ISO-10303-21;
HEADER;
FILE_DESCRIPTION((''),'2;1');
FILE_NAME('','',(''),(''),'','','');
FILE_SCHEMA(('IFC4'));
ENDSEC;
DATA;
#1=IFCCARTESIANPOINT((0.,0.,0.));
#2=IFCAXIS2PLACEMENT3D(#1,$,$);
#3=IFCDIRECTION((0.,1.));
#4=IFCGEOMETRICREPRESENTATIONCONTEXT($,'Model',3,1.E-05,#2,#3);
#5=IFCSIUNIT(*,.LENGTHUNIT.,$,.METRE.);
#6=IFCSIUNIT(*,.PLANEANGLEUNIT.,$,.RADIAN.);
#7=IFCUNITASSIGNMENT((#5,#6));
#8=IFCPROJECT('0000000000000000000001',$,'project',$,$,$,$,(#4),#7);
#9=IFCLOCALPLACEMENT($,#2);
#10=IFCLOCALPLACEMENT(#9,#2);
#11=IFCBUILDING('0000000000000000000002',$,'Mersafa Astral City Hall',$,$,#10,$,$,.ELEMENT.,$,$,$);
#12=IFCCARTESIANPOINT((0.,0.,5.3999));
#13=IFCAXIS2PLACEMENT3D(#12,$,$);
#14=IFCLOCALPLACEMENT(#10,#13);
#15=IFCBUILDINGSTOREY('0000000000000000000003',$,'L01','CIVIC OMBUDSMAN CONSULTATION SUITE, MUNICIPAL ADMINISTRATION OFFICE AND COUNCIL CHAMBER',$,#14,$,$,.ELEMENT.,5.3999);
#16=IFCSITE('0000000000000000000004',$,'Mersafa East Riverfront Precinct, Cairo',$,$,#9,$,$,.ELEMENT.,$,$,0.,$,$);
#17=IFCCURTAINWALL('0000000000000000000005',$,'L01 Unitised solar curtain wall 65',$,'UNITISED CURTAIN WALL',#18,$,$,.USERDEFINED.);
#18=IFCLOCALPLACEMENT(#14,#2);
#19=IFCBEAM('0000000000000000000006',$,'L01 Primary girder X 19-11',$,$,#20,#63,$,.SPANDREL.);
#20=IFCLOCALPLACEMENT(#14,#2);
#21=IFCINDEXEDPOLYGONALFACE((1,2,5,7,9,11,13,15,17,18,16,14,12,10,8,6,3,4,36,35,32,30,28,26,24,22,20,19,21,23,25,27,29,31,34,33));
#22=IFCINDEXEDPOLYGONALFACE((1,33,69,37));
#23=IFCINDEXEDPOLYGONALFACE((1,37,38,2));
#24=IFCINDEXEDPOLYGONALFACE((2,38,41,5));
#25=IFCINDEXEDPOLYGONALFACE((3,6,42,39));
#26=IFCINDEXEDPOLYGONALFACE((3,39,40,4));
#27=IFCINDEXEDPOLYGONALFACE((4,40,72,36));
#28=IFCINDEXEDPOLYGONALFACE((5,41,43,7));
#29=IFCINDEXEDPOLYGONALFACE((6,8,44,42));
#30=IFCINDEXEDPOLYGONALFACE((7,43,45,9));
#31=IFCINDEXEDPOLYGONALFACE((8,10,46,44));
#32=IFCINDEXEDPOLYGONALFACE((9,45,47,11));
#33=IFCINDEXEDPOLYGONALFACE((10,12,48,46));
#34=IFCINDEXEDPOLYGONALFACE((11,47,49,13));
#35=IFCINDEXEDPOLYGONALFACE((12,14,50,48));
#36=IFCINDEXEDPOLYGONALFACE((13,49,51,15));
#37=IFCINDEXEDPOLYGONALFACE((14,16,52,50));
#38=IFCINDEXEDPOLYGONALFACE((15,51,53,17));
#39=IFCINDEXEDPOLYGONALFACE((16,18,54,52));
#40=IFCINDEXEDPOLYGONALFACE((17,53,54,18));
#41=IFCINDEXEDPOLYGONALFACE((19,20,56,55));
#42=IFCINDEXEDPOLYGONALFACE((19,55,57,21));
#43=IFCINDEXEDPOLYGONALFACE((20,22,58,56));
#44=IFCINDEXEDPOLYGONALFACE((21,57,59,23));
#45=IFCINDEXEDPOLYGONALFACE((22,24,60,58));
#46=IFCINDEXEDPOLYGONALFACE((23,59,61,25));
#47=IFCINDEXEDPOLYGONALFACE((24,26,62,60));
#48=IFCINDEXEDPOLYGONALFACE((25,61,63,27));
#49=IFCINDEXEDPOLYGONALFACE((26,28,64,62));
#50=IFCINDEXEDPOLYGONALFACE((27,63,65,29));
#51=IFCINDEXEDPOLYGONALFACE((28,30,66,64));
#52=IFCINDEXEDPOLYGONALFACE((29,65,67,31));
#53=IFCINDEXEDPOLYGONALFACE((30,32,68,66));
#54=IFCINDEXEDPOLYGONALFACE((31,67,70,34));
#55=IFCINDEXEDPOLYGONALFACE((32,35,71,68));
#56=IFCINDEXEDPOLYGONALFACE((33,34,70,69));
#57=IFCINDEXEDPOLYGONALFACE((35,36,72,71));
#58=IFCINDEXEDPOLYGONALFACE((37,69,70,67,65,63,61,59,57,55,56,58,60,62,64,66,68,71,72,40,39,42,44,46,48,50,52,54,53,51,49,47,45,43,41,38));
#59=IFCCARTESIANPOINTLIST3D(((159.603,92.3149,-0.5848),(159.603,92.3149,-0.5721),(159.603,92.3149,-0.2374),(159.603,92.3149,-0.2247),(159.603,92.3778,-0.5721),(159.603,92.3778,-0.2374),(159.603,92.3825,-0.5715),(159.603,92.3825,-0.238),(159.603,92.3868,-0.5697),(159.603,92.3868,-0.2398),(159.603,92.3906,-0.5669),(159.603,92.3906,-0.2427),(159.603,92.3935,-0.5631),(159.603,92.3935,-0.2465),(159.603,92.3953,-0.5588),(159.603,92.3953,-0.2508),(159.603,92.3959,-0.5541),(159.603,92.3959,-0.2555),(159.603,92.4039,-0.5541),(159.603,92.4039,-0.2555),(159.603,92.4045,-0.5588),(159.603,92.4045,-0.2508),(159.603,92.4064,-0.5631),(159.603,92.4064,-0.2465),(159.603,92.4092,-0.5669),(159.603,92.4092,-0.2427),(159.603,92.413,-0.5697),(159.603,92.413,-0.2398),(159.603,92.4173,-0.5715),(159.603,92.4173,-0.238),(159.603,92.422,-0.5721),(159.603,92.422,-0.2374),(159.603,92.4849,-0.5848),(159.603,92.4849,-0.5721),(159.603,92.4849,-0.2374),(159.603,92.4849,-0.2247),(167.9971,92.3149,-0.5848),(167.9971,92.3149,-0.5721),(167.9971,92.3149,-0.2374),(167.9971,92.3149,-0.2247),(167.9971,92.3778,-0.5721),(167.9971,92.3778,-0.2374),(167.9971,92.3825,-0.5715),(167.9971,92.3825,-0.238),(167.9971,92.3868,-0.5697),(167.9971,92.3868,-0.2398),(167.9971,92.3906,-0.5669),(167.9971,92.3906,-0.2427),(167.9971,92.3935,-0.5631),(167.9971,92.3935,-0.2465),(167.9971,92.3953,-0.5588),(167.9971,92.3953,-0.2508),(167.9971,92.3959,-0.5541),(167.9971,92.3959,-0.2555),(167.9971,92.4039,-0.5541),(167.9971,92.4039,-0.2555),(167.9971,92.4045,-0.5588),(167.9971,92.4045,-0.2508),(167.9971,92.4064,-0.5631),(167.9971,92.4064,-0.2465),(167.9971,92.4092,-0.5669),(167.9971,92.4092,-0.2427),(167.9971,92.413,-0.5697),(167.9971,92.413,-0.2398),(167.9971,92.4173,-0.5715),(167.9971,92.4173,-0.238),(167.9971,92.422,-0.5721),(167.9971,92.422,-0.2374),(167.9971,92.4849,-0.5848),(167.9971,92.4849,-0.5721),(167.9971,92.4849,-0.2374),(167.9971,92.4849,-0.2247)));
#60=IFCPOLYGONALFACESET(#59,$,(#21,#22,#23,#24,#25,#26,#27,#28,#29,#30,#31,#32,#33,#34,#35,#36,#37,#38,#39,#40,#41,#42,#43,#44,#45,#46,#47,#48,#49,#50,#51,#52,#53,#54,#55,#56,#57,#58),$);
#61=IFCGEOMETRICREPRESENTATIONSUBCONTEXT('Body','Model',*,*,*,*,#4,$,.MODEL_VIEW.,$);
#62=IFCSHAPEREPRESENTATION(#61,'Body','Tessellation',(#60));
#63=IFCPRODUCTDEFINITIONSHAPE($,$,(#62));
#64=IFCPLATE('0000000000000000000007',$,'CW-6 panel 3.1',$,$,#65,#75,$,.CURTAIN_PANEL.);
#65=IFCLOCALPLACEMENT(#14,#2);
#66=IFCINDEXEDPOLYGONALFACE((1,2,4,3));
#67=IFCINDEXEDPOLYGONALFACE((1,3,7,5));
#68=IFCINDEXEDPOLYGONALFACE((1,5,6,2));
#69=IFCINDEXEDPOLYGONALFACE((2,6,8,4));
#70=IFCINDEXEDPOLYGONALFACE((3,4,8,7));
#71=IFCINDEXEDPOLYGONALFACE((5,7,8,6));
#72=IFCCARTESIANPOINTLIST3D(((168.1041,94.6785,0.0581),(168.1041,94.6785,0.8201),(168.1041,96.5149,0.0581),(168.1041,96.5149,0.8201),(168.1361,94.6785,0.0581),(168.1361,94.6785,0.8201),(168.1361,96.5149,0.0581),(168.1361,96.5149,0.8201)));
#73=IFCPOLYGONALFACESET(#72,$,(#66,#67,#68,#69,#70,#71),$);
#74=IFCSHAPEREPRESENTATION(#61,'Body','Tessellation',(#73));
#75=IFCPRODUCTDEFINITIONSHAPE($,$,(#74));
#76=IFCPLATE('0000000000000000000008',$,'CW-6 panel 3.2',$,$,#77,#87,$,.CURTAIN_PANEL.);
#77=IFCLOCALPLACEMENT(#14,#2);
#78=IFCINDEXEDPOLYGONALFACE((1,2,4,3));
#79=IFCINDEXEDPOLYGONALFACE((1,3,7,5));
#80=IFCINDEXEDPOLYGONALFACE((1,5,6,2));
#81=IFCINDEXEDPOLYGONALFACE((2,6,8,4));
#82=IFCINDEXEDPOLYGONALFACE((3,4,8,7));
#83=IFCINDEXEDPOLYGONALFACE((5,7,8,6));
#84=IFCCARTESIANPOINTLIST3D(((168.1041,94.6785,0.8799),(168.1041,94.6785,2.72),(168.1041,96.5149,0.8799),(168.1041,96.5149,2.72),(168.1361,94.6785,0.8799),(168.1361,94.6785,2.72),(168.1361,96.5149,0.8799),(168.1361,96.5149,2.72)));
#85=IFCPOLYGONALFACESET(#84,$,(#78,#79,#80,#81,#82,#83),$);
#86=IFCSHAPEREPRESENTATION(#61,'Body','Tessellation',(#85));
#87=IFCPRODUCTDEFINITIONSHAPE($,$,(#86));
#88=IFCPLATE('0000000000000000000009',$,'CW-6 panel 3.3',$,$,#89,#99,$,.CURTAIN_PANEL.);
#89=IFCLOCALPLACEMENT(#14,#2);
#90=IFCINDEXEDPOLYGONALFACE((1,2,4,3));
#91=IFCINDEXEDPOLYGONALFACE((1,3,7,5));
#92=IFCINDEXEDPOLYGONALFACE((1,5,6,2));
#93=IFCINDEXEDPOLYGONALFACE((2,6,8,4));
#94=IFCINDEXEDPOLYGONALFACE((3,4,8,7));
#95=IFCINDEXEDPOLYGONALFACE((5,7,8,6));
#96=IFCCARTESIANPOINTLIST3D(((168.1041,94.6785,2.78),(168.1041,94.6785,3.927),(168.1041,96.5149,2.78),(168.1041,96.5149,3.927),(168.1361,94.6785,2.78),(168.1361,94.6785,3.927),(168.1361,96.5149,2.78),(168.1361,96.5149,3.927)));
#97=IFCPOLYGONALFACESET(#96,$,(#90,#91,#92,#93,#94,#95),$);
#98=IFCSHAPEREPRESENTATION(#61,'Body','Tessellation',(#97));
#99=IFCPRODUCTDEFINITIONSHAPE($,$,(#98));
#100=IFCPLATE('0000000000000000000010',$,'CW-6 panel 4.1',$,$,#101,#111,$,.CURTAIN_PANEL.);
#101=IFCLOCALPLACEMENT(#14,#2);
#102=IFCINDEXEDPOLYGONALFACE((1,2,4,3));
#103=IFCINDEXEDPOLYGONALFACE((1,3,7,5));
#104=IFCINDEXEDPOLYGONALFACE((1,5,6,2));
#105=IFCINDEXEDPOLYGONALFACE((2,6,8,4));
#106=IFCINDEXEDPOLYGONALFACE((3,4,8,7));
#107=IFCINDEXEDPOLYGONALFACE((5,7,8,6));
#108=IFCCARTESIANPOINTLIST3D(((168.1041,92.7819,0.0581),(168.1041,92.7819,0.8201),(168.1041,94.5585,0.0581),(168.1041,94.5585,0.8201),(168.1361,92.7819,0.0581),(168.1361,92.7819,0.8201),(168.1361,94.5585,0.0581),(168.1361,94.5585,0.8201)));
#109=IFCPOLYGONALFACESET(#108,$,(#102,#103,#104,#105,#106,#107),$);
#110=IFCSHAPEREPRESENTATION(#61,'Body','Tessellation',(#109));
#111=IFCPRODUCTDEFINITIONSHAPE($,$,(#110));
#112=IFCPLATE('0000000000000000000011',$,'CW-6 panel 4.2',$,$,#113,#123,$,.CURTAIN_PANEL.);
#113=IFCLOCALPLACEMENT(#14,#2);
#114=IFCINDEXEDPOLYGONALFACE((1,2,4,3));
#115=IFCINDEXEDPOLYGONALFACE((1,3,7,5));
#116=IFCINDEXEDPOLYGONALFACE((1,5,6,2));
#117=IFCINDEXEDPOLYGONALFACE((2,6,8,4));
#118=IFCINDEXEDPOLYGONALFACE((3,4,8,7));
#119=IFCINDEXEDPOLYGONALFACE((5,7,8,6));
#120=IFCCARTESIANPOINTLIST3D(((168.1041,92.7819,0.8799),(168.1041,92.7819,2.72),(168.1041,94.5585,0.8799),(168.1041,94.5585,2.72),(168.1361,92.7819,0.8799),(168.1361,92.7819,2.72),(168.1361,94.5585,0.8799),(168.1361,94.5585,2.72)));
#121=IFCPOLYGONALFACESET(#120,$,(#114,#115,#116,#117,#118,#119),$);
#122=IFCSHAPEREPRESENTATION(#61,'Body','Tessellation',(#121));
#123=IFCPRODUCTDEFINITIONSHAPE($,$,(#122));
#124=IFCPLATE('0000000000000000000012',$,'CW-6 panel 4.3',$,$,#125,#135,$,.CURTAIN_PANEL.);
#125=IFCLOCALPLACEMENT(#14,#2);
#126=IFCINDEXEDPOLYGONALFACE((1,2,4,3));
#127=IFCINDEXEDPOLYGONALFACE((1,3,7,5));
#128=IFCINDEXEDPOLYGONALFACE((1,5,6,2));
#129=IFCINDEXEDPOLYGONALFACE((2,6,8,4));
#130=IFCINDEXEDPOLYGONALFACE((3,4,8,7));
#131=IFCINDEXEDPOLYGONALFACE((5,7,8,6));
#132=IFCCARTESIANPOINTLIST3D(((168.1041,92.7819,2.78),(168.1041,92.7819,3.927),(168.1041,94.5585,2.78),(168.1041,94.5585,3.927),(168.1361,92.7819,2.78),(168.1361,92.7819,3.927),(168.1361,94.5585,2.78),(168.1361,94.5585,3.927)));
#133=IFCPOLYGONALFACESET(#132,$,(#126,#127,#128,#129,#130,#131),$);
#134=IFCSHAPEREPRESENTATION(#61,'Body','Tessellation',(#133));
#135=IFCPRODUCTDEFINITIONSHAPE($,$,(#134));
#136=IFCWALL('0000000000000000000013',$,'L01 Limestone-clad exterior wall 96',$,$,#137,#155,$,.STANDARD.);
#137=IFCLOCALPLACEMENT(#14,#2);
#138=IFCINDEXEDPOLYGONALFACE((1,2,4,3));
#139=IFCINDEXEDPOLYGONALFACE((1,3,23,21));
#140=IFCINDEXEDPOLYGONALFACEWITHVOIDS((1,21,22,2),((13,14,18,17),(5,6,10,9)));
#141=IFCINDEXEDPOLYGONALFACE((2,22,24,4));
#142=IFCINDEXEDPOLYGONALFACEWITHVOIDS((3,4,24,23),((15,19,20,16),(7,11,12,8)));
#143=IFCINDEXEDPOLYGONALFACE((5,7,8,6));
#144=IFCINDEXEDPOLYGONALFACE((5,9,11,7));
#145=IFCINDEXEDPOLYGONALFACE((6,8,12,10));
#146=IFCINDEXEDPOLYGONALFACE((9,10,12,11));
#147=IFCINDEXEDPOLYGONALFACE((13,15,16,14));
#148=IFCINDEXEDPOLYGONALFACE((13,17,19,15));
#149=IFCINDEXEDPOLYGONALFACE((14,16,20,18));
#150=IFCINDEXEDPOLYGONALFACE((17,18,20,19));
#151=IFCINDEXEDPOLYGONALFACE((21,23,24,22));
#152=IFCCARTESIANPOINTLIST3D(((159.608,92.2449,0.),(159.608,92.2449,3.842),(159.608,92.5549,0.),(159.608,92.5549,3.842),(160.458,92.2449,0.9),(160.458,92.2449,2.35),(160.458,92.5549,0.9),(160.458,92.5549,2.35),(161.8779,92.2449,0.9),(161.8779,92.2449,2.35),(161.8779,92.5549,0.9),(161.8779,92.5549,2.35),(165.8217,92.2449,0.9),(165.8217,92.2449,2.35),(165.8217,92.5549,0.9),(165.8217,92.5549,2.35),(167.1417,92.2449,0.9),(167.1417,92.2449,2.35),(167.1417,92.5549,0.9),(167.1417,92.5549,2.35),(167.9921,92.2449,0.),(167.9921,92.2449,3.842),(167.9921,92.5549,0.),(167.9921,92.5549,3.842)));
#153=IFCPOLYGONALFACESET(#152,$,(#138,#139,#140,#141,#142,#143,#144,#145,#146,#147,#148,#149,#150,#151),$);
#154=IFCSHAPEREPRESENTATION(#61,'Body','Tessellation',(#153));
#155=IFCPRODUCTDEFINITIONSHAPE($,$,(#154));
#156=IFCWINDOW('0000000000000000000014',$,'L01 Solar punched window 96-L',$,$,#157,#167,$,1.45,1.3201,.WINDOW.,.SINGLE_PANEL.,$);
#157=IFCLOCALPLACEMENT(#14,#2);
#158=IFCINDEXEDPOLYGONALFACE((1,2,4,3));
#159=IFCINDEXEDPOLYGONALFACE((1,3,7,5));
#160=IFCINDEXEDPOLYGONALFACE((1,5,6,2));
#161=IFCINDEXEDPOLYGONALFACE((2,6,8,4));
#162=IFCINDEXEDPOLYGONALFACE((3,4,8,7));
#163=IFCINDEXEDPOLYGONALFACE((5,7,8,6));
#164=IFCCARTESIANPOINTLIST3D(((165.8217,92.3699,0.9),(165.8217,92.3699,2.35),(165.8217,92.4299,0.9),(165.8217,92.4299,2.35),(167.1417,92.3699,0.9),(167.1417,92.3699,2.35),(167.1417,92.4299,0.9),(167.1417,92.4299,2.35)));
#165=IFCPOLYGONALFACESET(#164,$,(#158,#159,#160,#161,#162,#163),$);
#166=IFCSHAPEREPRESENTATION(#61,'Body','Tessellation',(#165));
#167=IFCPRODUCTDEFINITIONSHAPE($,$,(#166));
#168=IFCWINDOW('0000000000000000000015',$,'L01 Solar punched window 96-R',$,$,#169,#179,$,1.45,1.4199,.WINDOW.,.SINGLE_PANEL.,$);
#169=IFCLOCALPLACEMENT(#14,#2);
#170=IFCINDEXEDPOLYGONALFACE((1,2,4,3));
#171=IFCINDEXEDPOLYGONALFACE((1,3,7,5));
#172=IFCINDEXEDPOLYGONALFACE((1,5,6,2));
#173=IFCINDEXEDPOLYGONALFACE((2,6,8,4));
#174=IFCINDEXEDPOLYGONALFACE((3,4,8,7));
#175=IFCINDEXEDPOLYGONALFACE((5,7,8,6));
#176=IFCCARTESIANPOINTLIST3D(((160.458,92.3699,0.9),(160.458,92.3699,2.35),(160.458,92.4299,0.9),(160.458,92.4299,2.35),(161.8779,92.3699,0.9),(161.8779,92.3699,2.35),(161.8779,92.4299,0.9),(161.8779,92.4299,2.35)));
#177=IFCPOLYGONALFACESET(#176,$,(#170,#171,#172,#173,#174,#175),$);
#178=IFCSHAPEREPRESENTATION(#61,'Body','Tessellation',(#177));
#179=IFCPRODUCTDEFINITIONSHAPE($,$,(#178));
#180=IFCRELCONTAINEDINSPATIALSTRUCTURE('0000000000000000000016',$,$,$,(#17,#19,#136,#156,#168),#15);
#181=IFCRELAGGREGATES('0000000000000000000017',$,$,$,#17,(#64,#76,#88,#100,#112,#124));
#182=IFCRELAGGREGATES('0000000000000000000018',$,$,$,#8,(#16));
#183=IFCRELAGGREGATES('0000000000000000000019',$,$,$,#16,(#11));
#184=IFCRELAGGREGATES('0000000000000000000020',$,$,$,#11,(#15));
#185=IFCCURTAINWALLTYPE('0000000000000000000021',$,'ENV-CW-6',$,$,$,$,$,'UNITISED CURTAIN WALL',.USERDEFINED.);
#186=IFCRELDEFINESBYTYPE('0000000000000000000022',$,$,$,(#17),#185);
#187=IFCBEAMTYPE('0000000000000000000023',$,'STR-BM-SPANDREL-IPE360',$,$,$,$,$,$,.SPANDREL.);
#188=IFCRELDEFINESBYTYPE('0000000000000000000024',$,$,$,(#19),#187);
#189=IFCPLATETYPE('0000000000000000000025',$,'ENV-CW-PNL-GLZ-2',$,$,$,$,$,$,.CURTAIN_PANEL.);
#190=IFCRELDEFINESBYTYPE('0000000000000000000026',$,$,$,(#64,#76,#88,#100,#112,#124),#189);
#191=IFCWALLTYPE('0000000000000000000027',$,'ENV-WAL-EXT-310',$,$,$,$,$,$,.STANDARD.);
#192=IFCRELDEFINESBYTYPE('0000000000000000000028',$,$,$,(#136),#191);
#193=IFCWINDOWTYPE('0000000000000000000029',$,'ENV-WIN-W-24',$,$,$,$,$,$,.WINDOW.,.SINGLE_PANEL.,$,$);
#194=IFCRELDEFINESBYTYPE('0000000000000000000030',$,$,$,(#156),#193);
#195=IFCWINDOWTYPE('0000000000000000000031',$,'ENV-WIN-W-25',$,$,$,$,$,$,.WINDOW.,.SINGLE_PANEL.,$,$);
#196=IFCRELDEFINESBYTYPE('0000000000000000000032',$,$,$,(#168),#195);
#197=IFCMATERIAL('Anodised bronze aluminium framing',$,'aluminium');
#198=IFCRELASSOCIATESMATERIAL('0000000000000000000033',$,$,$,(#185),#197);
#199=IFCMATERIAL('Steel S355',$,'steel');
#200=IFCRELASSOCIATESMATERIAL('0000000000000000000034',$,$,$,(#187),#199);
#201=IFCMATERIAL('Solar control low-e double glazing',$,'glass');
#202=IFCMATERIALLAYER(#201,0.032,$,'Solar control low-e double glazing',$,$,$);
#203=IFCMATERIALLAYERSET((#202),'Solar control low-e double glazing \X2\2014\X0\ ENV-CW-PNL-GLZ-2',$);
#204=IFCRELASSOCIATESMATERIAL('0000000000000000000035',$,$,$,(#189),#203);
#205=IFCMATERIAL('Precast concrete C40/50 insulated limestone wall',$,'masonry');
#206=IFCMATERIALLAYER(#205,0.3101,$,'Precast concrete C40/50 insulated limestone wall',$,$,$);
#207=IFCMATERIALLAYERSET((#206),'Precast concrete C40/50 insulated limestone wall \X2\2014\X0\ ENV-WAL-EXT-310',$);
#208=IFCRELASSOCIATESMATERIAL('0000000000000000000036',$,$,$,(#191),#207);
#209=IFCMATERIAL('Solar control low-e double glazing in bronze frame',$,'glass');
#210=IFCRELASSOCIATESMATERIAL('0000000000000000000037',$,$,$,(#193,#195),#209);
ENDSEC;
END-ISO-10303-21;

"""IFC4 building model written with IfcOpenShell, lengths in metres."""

from ifc_helpers import new_model, si_unit, direction, frame, frame_2d, origin, origin_2d, place, context, subcontext, project, spatial, rectangle, i_section, extrude, material, layer, layer_set, material_profile, profile_set, type_object, element, fill, aggregate, save


model = new_model("IFC4")

# Units and contexts
model_context = context("Model", 3, precision=1e-05, world=origin(), true_north=direction((0.0, 1.0)))
body_context = subcontext(model_context, "Body", "Model", "MODEL_VIEW")
ifc_project = project(units=[si_unit("LENGTHUNIT", "METRE"), si_unit("PLANEANGLEUNIT", "RADIAN")], contexts=[model_context])

# Site, building, storey
site_placement = place(None, origin())
site = spatial("IfcSite", under=ifc_project, at=site_placement, Name="Mersafa East Riverfront Precinct, Cairo", CompositionType="ELEMENT", RefElevation=0.0)
building_placement = place(site_placement, origin())
building = spatial("IfcBuilding", under=site, at=building_placement, Name="Mersafa Astral City Hall", CompositionType="ELEMENT")
storey_placement = place(building_placement, frame((0.0, 0.0, 5.3999)))
storey = spatial("IfcBuildingStorey", under=building, at=storey_placement, Name="L01", Description="CIVIC OMBUDSMAN CONSULTATION SUITE, MUNICIPAL ADMINISTRATION OFFICE AND COUNCIL CHAMBER", CompositionType="ELEMENT", Elevation=5.3999)

# Shared definitions
ifc_material_1 = material(Name="Steel S355", Category="steel")

# Curtain wall
ifc_material_2 = material(Name="Anodised bronze aluminium framing", Category="aluminium")
curtain_wall_type_1 = type_object("IfcCurtainWallType", Name="ENV-CW-6", ElementType="UNITISED CURTAIN WALL", PredefinedType="USERDEFINED", material=ifc_material_2)
curtain_wall_1_placement = place(storey_placement, origin())
curtain_wall_1 = element("IfcCurtainWall", 1, at=curtain_wall_1_placement, inside=storey, type_object=curtain_wall_type_1, Name="L01 Unitised solar curtain wall 65", ObjectType="UNITISED CURTAIN WALL", PredefinedType="USERDEFINED")

# Beam
ifc_material_profile_1 = material_profile(ifc_material_1, i_section(OverallWidth=0.1699, OverallDepth=0.3601, WebThickness=0.0081, FlangeThickness=0.0127, FilletRadius=0.0181, at=origin_2d()), Name="IPE 360")
ifc_profile_set_1 = profile_set([ifc_material_profile_1], Name="Steel S355")
beam_type_1 = type_object("IfcBeamType", Name="STR-BM-SPANDREL-IPE360", PredefinedType="SPANDREL", material=ifc_profile_set_1)
beam_1_placement = place(storey_placement, frame((159.603, 92.3999, -0.4048), z_axis=(1.0, 0.0, 0.0), x_axis=(0.0, 1.0, 0.0)))
element("IfcBeam", 2, at=beam_1_placement, inside=storey, type_object=beam_type_1, Name="L01 Primary girder X 19-11", PredefinedType="SPANDREL", context=body_context, shape_type="SweptSolid", body=[
    extrude(i_section(OverallWidth=0.1699, OverallDepth=0.3601, WebThickness=0.0081, FlangeThickness=0.0127, FilletRadius=0.0181, at=origin_2d()), origin(), (0.0, 0.0, 1.0), 8.394),
])

# Plates
ifc_material_3 = material(Name="Solar control low-e double glazing", Category="glass")
ifc_layer_1 = layer(ifc_material_3, 0.032, Name="Solar control low-e double glazing")
ifc_layer_set_1 = layer_set([ifc_layer_1], Name="Solar control low-e double glazing — ENV-CW-PNL-GLZ-2")
plate_type = type_object("IfcPlateType", Name="ENV-CW-PNL-GLZ-2", PredefinedType="CURTAIN_PANEL", material=ifc_layer_set_1)
plate_1_placement = place(storey_placement, frame((168.1201, 95.5967, 0.0581), z_axis=(0.0, 0.0, 1.0), x_axis=(0.0, -1.0, 0.0)))
plate_1 = element("IfcPlate", 3, at=plate_1_placement, type_object=plate_type, Name="CW-6 panel 3.1", PredefinedType="CURTAIN_PANEL", context=body_context, shape_type="SweptSolid", body=[
    extrude(rectangle(XDim=1.8364, YDim=0.032, at=origin_2d()), origin(), (0.0, 0.0, 1.0), 0.762),
])
plate_2_placement = place(storey_placement, frame((168.1201, 95.5967, 0.8799), z_axis=(0.0, 0.0, 1.0), x_axis=(0.0, -1.0, 0.0)))
plate_2 = element("IfcPlate", 4, at=plate_2_placement, type_object=plate_type, Name="CW-6 panel 3.2", PredefinedType="CURTAIN_PANEL", context=body_context, shape_type="SweptSolid", body=[
    extrude(rectangle(XDim=1.8364, YDim=0.032, at=origin_2d()), origin(), (0.0, 0.0, 1.0), 1.8401),
])
plate_3_placement = place(storey_placement, frame((168.1201, 95.5967, 2.78), z_axis=(0.0, 0.0, 1.0), x_axis=(0.0, -1.0, 0.0)))
plate_3 = element("IfcPlate", 5, at=plate_3_placement, type_object=plate_type, Name="CW-6 panel 3.3", PredefinedType="CURTAIN_PANEL", context=body_context, shape_type="SweptSolid", body=[
    extrude(rectangle(XDim=1.8364, YDim=0.032, at=origin_2d()), origin(), (0.0, 0.0, 1.0), 1.147),
])
plate_4_placement = place(storey_placement, frame((168.1201, 93.6702, 0.0581), z_axis=(0.0, 0.0, 1.0), x_axis=(0.0, -1.0, 0.0)))
plate_4 = element("IfcPlate", 6, at=plate_4_placement, type_object=plate_type, Name="CW-6 panel 4.1", PredefinedType="CURTAIN_PANEL", context=body_context, shape_type="SweptSolid", body=[
    extrude(rectangle(XDim=1.7766, YDim=0.032, at=origin_2d()), origin(), (0.0, 0.0, 1.0), 0.762),
])
plate_5_placement = place(storey_placement, frame((168.1201, 93.6702, 0.8799), z_axis=(0.0, 0.0, 1.0), x_axis=(0.0, -1.0, 0.0)))
plate_5 = element("IfcPlate", 7, at=plate_5_placement, type_object=plate_type, Name="CW-6 panel 4.2", PredefinedType="CURTAIN_PANEL", context=body_context, shape_type="SweptSolid", body=[
    extrude(rectangle(XDim=1.7766, YDim=0.032, at=origin_2d()), origin(), (0.0, 0.0, 1.0), 1.8401),
])
plate_6_placement = place(storey_placement, frame((168.1201, 93.6702, 2.78), z_axis=(0.0, 0.0, 1.0), x_axis=(0.0, -1.0, 0.0)))
plate_6 = element("IfcPlate", 8, at=plate_6_placement, type_object=plate_type, Name="CW-6 panel 4.3", PredefinedType="CURTAIN_PANEL", context=body_context, shape_type="SweptSolid", body=[
    extrude(rectangle(XDim=1.7766, YDim=0.032, at=origin_2d()), origin(), (0.0, 0.0, 1.0), 1.147),
])
aggregate(curtain_wall_1, [plate_1, plate_2, plate_3, plate_4, plate_5, plate_6])

# Wall, openings, windows
ifc_material_4 = material(Name="Precast concrete C40/50 insulated limestone wall", Category="masonry")
ifc_layer_2 = layer(ifc_material_4, 0.3101, Name="Precast concrete C40/50 insulated limestone wall")
ifc_layer_set_2 = layer_set([ifc_layer_2], Name="Precast concrete C40/50 insulated limestone wall — ENV-WAL-EXT-310")
wall_type = type_object("IfcWallType", Name="ENV-WAL-EXT-310", PredefinedType="STANDARD", material=ifc_layer_set_2)
wall_placement = place(storey_placement, frame((167.9919, 92.3999, 0.0), z_axis=(0.0, 0.0, 1.0), x_axis=(-1.0, 0.0, 0.0)))
wall = element("IfcWall", 9, at=wall_placement, inside=storey, type_object=wall_type, Name="L01 Limestone-clad exterior wall 96", PredefinedType="STANDARD", context=body_context, shape_type="SweptSolid", body=[
    extrude(rectangle(XDim=8.384, YDim=0.3101, at=frame_2d((4.1919, 0.0))), origin(), (0.0, 0.0, 1.0), 3.842),
])
opening_1_placement = place(wall_placement, frame((0.8501, 0.0, 0.8999)))
opening_1 = element("IfcOpeningElement", 10, at=opening_1_placement, cuts=wall, PredefinedType="OPENING", context=body_context, shape_type="SweptSolid", body=[
    extrude(rectangle(XDim=1.3201, YDim=1.45, at=frame_2d((0.6602, 0.7251))), frame((0.0, 0.165, 0.0), z_axis=(0.0, -1.0, 0.0), x_axis=(1.0, 0.0, 0.0)), (0.0, 0.0, 1.0), 0.3301),
])
opening_2_placement = place(wall_placement, frame((6.114, 0.0, 0.8999)))
opening_2 = element("IfcOpeningElement", 11, at=opening_2_placement, cuts=wall, PredefinedType="OPENING", context=body_context, shape_type="SweptSolid", body=[
    extrude(rectangle(XDim=1.4199, YDim=1.45, at=frame_2d((0.71, 0.7251))), frame((0.0, 0.165, 0.0), z_axis=(0.0, -1.0, 0.0), x_axis=(1.0, 0.0, 0.0)), (0.0, 0.0, 1.0), 0.3301),
])
ifc_material_5 = material(Name="Solar control low-e double glazing in bronze frame", Category="glass")
window_type_1 = type_object("IfcWindowType", Name="ENV-WIN-W-24", PartitioningType="SINGLE_PANEL", PredefinedType="WINDOW", material=ifc_material_5)
window_1_placement = place(opening_1_placement, origin())
window_1 = element("IfcWindow", 12, at=window_1_placement, inside=storey, type_object=window_type_1, Name="L01 Solar punched window 96-L", OverallHeight=1.45, OverallWidth=1.3201, PartitioningType="SINGLE_PANEL", PredefinedType="WINDOW", context=body_context, shape_type="SweptSolid", body=[
    extrude(rectangle(XDim=1.3201, YDim=1.45, at=frame_2d((0.6602, 0.7251))), frame((0.0, 0.03, 0.0), z_axis=(0.0, -1.0, 0.0), x_axis=(1.0, 0.0, 0.0)), (0.0, 0.0, 1.0), 0.0601),
])
fill(opening_1, window_1)
window_type_2 = type_object("IfcWindowType", Name="ENV-WIN-W-25", PartitioningType="SINGLE_PANEL", PredefinedType="WINDOW", material=ifc_material_5)
window_2_placement = place(opening_2_placement, origin())
window_2 = element("IfcWindow", 13, at=window_2_placement, inside=storey, type_object=window_type_2, Name="L01 Solar punched window 96-R", OverallHeight=1.45, OverallWidth=1.4199, PartitioningType="SINGLE_PANEL", PredefinedType="WINDOW", context=body_context, shape_type="SweptSolid", body=[
    extrude(rectangle(XDim=1.4199, YDim=1.45, at=frame_2d((0.71, 0.7251))), frame((0.0, 0.03, 0.0), z_axis=(0.0, -1.0, 0.0), x_axis=(1.0, 0.0, 0.0)), (0.0, 0.0, 1.0), 0.0601),
])
fill(opening_2, window_2)

save(model, "model.ifc")
